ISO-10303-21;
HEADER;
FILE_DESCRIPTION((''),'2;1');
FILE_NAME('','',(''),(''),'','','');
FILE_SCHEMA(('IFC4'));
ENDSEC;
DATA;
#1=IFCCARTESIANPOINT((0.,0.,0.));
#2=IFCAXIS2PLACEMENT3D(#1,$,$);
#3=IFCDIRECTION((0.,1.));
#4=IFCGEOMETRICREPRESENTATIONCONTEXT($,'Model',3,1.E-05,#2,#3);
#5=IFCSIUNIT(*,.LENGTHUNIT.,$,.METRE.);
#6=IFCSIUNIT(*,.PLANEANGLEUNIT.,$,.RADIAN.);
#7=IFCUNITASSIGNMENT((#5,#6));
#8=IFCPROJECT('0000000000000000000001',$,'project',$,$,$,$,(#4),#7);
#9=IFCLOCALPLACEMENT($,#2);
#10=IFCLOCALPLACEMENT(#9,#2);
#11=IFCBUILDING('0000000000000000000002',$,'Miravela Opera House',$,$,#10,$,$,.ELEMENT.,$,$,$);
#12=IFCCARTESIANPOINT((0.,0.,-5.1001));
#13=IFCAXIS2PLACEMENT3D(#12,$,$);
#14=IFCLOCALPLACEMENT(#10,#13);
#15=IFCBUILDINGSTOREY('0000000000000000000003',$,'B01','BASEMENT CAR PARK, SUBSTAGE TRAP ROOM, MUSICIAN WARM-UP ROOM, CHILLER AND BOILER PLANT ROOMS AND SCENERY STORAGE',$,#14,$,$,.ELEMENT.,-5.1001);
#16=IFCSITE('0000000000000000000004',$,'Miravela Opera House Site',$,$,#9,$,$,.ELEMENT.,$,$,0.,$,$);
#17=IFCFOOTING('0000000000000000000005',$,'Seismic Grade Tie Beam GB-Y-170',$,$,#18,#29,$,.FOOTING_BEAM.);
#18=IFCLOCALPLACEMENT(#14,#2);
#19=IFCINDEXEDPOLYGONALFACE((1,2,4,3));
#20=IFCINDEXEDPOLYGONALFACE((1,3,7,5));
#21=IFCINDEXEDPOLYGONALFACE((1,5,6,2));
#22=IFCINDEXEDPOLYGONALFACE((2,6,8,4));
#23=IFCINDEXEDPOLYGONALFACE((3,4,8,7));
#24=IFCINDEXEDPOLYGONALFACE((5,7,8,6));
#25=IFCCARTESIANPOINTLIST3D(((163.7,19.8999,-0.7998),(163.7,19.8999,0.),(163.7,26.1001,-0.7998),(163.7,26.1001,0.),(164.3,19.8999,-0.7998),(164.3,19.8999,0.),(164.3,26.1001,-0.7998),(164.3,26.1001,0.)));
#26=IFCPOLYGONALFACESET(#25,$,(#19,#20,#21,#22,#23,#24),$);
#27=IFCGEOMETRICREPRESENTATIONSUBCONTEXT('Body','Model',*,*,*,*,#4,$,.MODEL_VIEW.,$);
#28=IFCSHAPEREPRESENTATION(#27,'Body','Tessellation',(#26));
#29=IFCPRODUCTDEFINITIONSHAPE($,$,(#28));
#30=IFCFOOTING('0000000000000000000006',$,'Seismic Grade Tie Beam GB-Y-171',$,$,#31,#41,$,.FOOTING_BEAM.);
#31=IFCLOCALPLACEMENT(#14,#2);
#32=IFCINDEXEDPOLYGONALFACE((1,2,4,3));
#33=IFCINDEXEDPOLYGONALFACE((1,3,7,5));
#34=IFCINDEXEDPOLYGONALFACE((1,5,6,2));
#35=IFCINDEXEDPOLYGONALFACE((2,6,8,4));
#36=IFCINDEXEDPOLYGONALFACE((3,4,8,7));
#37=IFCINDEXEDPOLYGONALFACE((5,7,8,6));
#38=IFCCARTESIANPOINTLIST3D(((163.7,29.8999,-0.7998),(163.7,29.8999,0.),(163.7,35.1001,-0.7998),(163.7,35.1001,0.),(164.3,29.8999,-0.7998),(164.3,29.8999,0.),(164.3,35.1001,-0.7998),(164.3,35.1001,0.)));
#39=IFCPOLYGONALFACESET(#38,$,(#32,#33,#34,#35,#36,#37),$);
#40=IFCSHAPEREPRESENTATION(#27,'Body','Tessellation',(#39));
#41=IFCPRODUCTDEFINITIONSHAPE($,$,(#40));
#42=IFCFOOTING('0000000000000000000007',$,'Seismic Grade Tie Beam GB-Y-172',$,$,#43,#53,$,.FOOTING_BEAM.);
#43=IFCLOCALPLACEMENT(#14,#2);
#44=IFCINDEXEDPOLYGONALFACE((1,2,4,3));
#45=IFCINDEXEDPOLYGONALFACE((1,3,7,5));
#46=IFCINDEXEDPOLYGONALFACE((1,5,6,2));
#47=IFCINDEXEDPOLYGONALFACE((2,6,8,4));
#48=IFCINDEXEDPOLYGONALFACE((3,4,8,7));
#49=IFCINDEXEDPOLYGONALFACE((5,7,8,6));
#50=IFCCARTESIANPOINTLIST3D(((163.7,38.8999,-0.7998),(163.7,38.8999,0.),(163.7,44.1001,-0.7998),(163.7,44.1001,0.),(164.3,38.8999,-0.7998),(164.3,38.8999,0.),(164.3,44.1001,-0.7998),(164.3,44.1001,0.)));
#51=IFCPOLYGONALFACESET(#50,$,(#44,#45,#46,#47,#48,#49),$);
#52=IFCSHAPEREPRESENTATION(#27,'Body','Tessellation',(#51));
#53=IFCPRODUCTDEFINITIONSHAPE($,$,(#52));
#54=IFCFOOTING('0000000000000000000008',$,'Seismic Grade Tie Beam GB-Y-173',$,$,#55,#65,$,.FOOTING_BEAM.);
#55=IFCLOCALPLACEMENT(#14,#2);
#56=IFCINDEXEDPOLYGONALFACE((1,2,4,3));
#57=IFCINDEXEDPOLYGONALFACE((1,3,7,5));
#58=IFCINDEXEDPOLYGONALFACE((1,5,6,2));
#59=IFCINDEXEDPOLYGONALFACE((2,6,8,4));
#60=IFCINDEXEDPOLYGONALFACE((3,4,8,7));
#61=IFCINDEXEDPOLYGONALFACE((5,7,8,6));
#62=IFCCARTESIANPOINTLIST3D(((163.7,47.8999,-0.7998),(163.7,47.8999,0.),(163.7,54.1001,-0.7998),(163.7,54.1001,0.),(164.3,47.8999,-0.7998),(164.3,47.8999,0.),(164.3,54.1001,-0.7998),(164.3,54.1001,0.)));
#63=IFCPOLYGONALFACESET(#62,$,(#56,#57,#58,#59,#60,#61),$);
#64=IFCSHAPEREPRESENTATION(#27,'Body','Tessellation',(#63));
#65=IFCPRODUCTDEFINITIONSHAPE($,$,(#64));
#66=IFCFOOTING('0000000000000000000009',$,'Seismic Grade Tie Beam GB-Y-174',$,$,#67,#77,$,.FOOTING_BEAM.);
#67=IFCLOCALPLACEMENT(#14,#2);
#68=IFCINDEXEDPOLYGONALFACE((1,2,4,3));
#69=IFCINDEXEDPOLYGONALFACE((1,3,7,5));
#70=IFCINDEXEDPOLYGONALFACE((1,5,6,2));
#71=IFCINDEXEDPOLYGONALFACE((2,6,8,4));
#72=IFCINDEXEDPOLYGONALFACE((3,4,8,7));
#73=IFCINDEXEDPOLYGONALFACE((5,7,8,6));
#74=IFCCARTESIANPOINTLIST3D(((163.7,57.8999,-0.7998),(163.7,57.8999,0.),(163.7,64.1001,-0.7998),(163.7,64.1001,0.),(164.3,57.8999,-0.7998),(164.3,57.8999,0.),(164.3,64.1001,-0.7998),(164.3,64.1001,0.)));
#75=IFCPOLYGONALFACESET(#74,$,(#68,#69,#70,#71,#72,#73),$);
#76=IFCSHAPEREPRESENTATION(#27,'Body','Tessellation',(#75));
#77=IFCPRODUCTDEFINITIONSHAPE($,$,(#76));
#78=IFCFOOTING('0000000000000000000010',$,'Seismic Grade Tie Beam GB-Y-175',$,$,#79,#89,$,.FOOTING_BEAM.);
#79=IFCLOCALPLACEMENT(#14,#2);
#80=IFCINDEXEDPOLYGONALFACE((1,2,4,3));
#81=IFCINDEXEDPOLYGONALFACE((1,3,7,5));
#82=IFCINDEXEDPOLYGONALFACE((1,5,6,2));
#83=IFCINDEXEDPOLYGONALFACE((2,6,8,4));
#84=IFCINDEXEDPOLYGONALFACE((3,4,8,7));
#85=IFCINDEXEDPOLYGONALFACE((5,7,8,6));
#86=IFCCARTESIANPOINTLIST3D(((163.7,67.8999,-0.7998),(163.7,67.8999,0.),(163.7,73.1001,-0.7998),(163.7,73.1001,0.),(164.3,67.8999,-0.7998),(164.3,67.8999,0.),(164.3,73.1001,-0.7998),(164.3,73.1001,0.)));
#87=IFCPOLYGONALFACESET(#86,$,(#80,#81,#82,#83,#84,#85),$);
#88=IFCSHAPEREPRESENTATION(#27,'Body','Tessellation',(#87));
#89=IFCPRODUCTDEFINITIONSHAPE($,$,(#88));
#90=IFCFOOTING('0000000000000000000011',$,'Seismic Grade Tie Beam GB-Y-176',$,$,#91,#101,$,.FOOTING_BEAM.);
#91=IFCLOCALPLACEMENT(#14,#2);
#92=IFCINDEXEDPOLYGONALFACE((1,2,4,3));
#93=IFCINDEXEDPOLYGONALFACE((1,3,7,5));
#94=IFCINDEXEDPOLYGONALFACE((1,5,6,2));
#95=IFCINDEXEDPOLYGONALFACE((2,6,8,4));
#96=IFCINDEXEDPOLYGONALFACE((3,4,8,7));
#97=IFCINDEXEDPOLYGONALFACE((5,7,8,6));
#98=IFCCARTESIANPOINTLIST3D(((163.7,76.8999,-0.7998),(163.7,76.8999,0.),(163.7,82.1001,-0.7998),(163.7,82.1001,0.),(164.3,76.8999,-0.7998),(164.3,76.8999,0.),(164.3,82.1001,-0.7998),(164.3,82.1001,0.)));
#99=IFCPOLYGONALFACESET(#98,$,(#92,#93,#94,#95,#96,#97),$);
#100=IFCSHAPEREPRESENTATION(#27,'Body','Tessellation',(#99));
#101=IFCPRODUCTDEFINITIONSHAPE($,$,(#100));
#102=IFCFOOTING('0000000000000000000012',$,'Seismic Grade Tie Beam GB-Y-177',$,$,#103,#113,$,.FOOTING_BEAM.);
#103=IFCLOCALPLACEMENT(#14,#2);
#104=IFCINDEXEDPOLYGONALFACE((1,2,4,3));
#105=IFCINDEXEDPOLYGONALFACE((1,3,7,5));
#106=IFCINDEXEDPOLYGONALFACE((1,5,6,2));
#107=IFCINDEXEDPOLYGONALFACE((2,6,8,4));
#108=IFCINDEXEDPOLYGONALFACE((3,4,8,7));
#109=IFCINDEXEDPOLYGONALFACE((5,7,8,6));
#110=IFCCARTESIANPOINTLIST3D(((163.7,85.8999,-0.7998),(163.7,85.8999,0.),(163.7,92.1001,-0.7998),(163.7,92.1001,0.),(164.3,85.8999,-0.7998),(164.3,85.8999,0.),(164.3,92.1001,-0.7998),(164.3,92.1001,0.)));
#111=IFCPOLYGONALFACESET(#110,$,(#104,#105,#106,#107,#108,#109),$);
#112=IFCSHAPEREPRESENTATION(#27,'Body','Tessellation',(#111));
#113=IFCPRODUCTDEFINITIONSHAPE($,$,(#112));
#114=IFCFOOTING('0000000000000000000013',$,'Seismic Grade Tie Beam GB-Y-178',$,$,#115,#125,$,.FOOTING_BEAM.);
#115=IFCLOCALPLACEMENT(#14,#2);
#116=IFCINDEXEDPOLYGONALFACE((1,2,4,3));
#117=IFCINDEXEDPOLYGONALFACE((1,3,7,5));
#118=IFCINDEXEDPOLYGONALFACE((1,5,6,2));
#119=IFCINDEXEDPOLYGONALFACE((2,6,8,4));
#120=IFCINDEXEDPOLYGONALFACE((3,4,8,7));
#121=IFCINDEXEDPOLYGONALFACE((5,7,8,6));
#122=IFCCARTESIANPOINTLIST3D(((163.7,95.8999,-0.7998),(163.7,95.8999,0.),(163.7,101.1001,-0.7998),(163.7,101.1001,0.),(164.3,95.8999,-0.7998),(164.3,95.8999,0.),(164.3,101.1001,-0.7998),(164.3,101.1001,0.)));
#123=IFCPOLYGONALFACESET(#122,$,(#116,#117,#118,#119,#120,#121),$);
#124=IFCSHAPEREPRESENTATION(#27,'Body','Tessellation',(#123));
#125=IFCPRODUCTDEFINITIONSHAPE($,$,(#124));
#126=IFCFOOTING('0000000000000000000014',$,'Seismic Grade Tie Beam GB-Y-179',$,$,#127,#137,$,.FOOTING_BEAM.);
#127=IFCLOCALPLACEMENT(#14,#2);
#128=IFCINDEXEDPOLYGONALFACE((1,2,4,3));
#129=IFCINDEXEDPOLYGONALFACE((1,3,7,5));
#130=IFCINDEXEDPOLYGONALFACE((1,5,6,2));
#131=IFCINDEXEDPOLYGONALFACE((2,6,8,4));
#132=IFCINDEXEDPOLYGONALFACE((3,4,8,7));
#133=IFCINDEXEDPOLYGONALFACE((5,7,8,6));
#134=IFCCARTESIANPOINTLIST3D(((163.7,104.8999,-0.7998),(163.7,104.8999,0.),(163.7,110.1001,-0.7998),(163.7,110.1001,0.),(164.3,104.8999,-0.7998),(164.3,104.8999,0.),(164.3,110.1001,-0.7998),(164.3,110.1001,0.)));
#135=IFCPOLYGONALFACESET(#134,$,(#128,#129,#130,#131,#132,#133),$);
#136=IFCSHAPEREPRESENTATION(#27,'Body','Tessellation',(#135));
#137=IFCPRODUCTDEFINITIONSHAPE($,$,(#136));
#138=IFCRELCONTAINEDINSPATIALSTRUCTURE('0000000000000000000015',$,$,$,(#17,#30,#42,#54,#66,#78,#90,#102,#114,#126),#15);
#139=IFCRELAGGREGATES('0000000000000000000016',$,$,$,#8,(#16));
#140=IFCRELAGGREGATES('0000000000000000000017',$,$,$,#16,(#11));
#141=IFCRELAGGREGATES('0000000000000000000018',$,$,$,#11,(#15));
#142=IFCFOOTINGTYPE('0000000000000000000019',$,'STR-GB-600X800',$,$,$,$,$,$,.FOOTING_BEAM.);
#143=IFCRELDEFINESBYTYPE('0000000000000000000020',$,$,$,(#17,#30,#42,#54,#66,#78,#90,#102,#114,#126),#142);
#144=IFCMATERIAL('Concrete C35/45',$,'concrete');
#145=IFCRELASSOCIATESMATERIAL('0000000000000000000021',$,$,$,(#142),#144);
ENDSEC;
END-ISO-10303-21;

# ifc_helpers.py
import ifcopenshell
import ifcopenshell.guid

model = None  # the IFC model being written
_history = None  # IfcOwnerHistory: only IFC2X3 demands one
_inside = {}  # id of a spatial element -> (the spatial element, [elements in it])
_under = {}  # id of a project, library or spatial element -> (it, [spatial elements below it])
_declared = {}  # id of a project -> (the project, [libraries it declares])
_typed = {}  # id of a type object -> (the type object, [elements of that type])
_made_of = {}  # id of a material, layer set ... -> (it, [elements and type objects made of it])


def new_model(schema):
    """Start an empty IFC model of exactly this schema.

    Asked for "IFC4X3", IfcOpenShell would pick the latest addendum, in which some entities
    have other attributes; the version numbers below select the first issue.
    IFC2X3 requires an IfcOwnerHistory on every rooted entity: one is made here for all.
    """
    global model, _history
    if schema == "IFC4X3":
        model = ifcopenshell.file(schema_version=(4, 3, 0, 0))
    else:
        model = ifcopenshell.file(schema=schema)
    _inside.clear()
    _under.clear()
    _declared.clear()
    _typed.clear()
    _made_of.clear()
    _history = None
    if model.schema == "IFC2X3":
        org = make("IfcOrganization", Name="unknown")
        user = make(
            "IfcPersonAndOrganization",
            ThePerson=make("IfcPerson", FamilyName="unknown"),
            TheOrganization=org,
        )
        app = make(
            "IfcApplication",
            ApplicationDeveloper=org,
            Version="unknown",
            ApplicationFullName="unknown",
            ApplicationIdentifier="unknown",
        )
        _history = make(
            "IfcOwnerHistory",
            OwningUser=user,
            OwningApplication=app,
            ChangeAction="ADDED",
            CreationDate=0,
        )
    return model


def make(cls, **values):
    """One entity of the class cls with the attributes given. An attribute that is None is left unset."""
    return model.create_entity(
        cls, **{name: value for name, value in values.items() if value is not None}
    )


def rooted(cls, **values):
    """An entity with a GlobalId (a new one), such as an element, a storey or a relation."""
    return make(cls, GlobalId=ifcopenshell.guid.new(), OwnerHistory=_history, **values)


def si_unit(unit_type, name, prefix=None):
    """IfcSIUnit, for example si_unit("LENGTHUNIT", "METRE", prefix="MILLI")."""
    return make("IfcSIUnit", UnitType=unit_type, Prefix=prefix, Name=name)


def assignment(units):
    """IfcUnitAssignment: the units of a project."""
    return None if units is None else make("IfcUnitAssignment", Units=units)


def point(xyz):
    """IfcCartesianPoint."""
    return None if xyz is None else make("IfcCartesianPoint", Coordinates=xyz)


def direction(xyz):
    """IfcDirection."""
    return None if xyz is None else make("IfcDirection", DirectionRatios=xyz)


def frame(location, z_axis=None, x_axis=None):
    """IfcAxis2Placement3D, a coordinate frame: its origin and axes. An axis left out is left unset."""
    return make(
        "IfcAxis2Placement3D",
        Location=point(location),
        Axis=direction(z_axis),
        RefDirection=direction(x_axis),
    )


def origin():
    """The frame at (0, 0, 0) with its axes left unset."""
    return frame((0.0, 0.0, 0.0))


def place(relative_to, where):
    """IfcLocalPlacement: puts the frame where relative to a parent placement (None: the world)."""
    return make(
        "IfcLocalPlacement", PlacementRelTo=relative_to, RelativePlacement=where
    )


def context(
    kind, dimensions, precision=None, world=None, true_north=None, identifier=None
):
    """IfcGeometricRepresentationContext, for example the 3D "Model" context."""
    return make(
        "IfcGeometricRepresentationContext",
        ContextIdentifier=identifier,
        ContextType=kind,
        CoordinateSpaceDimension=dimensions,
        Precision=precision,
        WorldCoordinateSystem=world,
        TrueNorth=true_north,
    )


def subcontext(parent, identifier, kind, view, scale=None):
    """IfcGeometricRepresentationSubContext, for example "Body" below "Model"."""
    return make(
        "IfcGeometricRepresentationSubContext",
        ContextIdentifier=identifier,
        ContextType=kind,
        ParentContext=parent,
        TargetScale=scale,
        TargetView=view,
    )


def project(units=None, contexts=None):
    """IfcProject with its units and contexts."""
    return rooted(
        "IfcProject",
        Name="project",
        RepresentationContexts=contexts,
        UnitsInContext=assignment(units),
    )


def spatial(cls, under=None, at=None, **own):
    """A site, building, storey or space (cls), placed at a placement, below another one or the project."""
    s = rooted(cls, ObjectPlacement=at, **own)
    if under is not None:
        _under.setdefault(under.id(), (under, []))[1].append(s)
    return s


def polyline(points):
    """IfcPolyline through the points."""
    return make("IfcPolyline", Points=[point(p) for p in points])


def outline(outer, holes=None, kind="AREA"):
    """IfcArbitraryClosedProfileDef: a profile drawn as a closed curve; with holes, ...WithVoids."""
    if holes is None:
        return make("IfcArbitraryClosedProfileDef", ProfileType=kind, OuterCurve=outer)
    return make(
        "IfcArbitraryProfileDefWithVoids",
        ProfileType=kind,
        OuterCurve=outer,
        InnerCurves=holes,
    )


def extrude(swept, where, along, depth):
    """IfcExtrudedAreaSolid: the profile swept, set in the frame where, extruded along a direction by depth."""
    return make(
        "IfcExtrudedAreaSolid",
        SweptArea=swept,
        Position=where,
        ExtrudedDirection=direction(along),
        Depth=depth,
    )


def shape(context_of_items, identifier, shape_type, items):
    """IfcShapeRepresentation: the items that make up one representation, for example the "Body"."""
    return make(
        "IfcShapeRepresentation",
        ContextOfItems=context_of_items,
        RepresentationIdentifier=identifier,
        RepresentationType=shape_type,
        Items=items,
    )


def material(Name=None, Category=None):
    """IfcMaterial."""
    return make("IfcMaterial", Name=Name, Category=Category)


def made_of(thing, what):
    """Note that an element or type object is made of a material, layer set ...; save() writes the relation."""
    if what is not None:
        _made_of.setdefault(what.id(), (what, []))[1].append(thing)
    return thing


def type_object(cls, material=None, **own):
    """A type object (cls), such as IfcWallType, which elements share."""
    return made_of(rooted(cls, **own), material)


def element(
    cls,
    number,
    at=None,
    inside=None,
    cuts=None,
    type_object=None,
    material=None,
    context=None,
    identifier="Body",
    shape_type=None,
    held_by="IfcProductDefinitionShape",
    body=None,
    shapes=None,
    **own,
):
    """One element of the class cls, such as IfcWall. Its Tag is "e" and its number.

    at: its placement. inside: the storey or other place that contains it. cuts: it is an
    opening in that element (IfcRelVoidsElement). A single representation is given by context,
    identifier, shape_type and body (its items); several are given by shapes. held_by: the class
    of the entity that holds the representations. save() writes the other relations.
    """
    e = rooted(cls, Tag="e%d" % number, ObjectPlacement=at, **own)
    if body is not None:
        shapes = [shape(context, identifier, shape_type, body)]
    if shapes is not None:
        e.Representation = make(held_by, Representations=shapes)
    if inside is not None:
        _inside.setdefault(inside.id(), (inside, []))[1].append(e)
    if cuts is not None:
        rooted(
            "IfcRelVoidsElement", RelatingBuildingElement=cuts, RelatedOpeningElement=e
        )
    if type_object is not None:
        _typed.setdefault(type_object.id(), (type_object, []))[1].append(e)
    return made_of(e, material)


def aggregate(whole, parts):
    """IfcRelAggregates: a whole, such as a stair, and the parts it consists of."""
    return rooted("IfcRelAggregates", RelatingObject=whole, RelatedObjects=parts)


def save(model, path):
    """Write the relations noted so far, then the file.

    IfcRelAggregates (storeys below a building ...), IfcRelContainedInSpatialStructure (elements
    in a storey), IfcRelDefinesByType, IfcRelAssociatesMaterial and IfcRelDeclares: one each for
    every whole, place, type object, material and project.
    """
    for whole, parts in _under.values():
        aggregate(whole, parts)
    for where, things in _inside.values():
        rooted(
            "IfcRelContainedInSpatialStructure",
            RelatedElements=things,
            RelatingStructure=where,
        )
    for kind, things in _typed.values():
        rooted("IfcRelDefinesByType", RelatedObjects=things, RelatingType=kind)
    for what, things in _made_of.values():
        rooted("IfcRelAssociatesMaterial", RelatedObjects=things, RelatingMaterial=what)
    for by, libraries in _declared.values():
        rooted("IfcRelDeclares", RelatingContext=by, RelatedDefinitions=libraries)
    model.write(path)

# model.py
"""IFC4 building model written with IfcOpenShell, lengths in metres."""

from ifc_helpers import new_model, si_unit, direction, frame, origin, place, context, subcontext, project, spatial, polyline, outline, extrude, material, type_object, element, save


model = new_model("IFC4")

# Units and contexts
model_context = context("Model", 3, precision=1e-05, world=origin(), true_north=direction((0.0, 1.0)))
body_context = subcontext(model_context, "Body", "Model", "MODEL_VIEW")
ifc_project = project(units=[si_unit("LENGTHUNIT", "METRE"), si_unit("PLANEANGLEUNIT", "RADIAN")], contexts=[model_context])

# Site, building, storey
site_placement = place(None, origin())
site = spatial("IfcSite", under=ifc_project, at=site_placement, Name="Miravela Opera House Site", CompositionType="ELEMENT", RefElevation=0.0)
building_placement = place(site_placement, origin())
building = spatial("IfcBuilding", under=site, at=building_placement, Name="Miravela Opera House", CompositionType="ELEMENT")
storey_placement = place(building_placement, frame((0.0, 0.0, -5.1001)))
storey = spatial("IfcBuildingStorey", under=building, at=storey_placement, Name="B01", Description="BASEMENT CAR PARK, SUBSTAGE TRAP ROOM, MUSICIAN WARM-UP ROOM, CHILLER AND BOILER PLANT ROOMS AND SCENERY STORAGE", CompositionType="ELEMENT", Elevation=-5.1001)

# Footings
ifc_material = material(Name="Concrete C35/45", Category="concrete")
footing_type_1 = type_object("IfcFootingType", Name="STR-GB-600X800", PredefinedType="FOOTING_BEAM", material=ifc_material)
footing_1_placement = place(storey_placement, frame((0.0, 0.0, -0.7998)))
element("IfcFooting", 1, at=footing_1_placement, inside=storey, type_object=footing_type_1, Name="Seismic Grade Tie Beam GB-Y-170", PredefinedType="FOOTING_BEAM", context=body_context, shape_type="SweptSolid", body=[
    extrude(outline(polyline([(163.7, 19.8999), (164.3, 19.8999), (164.3, 26.1001), (163.7, 26.1001), (163.7, 19.8999)])), origin(), (0.0, 0.0, 1.0), 0.7998),
])
footing_2_placement = place(storey_placement, frame((0.0, 0.0, -0.7998)))
element("IfcFooting", 2, at=footing_2_placement, inside=storey, type_object=footing_type_1, Name="Seismic Grade Tie Beam GB-Y-171", PredefinedType="FOOTING_BEAM", context=body_context, shape_type="SweptSolid", body=[
    extrude(outline(polyline([(163.7, 29.8999), (164.3, 29.8999), (164.3, 35.1001), (163.7, 35.1001), (163.7, 29.8999)])), origin(), (0.0, 0.0, 1.0), 0.7998),
])
footing_3_placement = place(storey_placement, frame((0.0, 0.0, -0.7998)))
element("IfcFooting", 3, at=footing_3_placement, inside=storey, type_object=footing_type_1, Name="Seismic Grade Tie Beam GB-Y-172", PredefinedType="FOOTING_BEAM", context=body_context, shape_type="SweptSolid", body=[
    extrude(outline(polyline([(163.7, 38.8999), (164.3, 38.8999), (164.3, 44.1001), (163.7, 44.1001), (163.7, 38.8999)])), origin(), (0.0, 0.0, 1.0), 0.7998),
])
footing_4_placement = place(storey_placement, frame((0.0, 0.0, -0.7998)))
element("IfcFooting", 4, at=footing_4_placement, inside=storey, type_object=footing_type_1, Name="Seismic Grade Tie Beam GB-Y-173", PredefinedType="FOOTING_BEAM", context=body_context, shape_type="SweptSolid", body=[
    extrude(outline(polyline([(163.7, 47.8999), (164.3, 47.8999), (164.3, 54.1001), (163.7, 54.1001), (163.7, 47.8999)])), origin(), (0.0, 0.0, 1.0), 0.7998),
])
footing_5_placement = place(storey_placement, frame((0.0, 0.0, -0.7998)))
element("IfcFooting", 5, at=footing_5_placement, inside=storey, type_object=footing_type_1, Name="Seismic Grade Tie Beam GB-Y-174", PredefinedType="FOOTING_BEAM", context=body_context, shape_type="SweptSolid", body=[
    extrude(outline(polyline([(163.7, 57.8999), (164.3, 57.8999), (164.3, 64.1001), (163.7, 64.1001), (163.7, 57.8999)])), origin(), (0.0, 0.0, 1.0), 0.7998),
])
footing_6_placement = place(storey_placement, frame((0.0, 0.0, -0.7998)))
element("IfcFooting", 6, at=footing_6_placement, inside=storey, type_object=footing_type_1, Name="Seismic Grade Tie Beam GB-Y-175", PredefinedType="FOOTING_BEAM", context=body_context, shape_type="SweptSolid", body=[
    extrude(outline(polyline([(163.7, 67.8999), (164.3, 67.8999), (164.3, 73.1001), (163.7, 73.1001), (163.7, 67.8999)])), origin(), (0.0, 0.0, 1.0), 0.7998),
])
footing_7_placement = place(storey_placement, frame((0.0, 0.0, -0.7998)))
element("IfcFooting", 7, at=footing_7_placement, inside=storey, type_object=footing_type_1, Name="Seismic Grade Tie Beam GB-Y-176", PredefinedType="FOOTING_BEAM", context=body_context, shape_type="SweptSolid", body=[
    extrude(outline(polyline([(163.7, 76.8999), (164.3, 76.8999), (164.3, 82.1001), (163.7, 82.1001), (163.7, 76.8999)])), origin(), (0.0, 0.0, 1.0), 0.7998),
])
footing_8_placement = place(storey_placement, frame((0.0, 0.0, -0.7998)))
element("IfcFooting", 8, at=footing_8_placement, inside=storey, type_object=footing_type_1, Name="Seismic Grade Tie Beam GB-Y-177", PredefinedType="FOOTING_BEAM", context=body_context, shape_type="SweptSolid", body=[
    extrude(outline(polyline([(163.7, 85.8999), (164.3, 85.8999), (164.3, 92.1001), (163.7, 92.1001), (163.7, 85.8999)])), origin(), (0.0, 0.0, 1.0), 0.7998),
])
footing_9_placement = place(storey_placement, frame((0.0, 0.0, -0.7998)))
element("IfcFooting", 9, at=footing_9_placement, inside=storey, type_object=footing_type_1, Name="Seismic Grade Tie Beam GB-Y-178", PredefinedType="FOOTING_BEAM", context=body_context, shape_type="SweptSolid", body=[
    extrude(outline(polyline([(163.7, 95.8999), (164.3, 95.8999), (164.3, 101.1001), (163.7, 101.1001), (163.7, 95.8999)])), origin(), (0.0, 0.0, 1.0), 0.7998),
])
footing_10_placement = place(storey_placement, frame((0.0, 0.0, -0.7998)))
element("IfcFooting", 10, at=footing_10_placement, inside=storey, type_object=footing_type_1, Name="Seismic Grade Tie Beam GB-Y-179", PredefinedType="FOOTING_BEAM", context=body_context, shape_type="SweptSolid", body=[
    extrude(outline(polyline([(163.7, 104.8999), (164.3, 104.8999), (164.3, 110.1001), (163.7, 110.1001), (163.7, 104.8999)])), origin(), (0.0, 0.0, 1.0), 0.7998),
])

save(model, "model.ifc")
